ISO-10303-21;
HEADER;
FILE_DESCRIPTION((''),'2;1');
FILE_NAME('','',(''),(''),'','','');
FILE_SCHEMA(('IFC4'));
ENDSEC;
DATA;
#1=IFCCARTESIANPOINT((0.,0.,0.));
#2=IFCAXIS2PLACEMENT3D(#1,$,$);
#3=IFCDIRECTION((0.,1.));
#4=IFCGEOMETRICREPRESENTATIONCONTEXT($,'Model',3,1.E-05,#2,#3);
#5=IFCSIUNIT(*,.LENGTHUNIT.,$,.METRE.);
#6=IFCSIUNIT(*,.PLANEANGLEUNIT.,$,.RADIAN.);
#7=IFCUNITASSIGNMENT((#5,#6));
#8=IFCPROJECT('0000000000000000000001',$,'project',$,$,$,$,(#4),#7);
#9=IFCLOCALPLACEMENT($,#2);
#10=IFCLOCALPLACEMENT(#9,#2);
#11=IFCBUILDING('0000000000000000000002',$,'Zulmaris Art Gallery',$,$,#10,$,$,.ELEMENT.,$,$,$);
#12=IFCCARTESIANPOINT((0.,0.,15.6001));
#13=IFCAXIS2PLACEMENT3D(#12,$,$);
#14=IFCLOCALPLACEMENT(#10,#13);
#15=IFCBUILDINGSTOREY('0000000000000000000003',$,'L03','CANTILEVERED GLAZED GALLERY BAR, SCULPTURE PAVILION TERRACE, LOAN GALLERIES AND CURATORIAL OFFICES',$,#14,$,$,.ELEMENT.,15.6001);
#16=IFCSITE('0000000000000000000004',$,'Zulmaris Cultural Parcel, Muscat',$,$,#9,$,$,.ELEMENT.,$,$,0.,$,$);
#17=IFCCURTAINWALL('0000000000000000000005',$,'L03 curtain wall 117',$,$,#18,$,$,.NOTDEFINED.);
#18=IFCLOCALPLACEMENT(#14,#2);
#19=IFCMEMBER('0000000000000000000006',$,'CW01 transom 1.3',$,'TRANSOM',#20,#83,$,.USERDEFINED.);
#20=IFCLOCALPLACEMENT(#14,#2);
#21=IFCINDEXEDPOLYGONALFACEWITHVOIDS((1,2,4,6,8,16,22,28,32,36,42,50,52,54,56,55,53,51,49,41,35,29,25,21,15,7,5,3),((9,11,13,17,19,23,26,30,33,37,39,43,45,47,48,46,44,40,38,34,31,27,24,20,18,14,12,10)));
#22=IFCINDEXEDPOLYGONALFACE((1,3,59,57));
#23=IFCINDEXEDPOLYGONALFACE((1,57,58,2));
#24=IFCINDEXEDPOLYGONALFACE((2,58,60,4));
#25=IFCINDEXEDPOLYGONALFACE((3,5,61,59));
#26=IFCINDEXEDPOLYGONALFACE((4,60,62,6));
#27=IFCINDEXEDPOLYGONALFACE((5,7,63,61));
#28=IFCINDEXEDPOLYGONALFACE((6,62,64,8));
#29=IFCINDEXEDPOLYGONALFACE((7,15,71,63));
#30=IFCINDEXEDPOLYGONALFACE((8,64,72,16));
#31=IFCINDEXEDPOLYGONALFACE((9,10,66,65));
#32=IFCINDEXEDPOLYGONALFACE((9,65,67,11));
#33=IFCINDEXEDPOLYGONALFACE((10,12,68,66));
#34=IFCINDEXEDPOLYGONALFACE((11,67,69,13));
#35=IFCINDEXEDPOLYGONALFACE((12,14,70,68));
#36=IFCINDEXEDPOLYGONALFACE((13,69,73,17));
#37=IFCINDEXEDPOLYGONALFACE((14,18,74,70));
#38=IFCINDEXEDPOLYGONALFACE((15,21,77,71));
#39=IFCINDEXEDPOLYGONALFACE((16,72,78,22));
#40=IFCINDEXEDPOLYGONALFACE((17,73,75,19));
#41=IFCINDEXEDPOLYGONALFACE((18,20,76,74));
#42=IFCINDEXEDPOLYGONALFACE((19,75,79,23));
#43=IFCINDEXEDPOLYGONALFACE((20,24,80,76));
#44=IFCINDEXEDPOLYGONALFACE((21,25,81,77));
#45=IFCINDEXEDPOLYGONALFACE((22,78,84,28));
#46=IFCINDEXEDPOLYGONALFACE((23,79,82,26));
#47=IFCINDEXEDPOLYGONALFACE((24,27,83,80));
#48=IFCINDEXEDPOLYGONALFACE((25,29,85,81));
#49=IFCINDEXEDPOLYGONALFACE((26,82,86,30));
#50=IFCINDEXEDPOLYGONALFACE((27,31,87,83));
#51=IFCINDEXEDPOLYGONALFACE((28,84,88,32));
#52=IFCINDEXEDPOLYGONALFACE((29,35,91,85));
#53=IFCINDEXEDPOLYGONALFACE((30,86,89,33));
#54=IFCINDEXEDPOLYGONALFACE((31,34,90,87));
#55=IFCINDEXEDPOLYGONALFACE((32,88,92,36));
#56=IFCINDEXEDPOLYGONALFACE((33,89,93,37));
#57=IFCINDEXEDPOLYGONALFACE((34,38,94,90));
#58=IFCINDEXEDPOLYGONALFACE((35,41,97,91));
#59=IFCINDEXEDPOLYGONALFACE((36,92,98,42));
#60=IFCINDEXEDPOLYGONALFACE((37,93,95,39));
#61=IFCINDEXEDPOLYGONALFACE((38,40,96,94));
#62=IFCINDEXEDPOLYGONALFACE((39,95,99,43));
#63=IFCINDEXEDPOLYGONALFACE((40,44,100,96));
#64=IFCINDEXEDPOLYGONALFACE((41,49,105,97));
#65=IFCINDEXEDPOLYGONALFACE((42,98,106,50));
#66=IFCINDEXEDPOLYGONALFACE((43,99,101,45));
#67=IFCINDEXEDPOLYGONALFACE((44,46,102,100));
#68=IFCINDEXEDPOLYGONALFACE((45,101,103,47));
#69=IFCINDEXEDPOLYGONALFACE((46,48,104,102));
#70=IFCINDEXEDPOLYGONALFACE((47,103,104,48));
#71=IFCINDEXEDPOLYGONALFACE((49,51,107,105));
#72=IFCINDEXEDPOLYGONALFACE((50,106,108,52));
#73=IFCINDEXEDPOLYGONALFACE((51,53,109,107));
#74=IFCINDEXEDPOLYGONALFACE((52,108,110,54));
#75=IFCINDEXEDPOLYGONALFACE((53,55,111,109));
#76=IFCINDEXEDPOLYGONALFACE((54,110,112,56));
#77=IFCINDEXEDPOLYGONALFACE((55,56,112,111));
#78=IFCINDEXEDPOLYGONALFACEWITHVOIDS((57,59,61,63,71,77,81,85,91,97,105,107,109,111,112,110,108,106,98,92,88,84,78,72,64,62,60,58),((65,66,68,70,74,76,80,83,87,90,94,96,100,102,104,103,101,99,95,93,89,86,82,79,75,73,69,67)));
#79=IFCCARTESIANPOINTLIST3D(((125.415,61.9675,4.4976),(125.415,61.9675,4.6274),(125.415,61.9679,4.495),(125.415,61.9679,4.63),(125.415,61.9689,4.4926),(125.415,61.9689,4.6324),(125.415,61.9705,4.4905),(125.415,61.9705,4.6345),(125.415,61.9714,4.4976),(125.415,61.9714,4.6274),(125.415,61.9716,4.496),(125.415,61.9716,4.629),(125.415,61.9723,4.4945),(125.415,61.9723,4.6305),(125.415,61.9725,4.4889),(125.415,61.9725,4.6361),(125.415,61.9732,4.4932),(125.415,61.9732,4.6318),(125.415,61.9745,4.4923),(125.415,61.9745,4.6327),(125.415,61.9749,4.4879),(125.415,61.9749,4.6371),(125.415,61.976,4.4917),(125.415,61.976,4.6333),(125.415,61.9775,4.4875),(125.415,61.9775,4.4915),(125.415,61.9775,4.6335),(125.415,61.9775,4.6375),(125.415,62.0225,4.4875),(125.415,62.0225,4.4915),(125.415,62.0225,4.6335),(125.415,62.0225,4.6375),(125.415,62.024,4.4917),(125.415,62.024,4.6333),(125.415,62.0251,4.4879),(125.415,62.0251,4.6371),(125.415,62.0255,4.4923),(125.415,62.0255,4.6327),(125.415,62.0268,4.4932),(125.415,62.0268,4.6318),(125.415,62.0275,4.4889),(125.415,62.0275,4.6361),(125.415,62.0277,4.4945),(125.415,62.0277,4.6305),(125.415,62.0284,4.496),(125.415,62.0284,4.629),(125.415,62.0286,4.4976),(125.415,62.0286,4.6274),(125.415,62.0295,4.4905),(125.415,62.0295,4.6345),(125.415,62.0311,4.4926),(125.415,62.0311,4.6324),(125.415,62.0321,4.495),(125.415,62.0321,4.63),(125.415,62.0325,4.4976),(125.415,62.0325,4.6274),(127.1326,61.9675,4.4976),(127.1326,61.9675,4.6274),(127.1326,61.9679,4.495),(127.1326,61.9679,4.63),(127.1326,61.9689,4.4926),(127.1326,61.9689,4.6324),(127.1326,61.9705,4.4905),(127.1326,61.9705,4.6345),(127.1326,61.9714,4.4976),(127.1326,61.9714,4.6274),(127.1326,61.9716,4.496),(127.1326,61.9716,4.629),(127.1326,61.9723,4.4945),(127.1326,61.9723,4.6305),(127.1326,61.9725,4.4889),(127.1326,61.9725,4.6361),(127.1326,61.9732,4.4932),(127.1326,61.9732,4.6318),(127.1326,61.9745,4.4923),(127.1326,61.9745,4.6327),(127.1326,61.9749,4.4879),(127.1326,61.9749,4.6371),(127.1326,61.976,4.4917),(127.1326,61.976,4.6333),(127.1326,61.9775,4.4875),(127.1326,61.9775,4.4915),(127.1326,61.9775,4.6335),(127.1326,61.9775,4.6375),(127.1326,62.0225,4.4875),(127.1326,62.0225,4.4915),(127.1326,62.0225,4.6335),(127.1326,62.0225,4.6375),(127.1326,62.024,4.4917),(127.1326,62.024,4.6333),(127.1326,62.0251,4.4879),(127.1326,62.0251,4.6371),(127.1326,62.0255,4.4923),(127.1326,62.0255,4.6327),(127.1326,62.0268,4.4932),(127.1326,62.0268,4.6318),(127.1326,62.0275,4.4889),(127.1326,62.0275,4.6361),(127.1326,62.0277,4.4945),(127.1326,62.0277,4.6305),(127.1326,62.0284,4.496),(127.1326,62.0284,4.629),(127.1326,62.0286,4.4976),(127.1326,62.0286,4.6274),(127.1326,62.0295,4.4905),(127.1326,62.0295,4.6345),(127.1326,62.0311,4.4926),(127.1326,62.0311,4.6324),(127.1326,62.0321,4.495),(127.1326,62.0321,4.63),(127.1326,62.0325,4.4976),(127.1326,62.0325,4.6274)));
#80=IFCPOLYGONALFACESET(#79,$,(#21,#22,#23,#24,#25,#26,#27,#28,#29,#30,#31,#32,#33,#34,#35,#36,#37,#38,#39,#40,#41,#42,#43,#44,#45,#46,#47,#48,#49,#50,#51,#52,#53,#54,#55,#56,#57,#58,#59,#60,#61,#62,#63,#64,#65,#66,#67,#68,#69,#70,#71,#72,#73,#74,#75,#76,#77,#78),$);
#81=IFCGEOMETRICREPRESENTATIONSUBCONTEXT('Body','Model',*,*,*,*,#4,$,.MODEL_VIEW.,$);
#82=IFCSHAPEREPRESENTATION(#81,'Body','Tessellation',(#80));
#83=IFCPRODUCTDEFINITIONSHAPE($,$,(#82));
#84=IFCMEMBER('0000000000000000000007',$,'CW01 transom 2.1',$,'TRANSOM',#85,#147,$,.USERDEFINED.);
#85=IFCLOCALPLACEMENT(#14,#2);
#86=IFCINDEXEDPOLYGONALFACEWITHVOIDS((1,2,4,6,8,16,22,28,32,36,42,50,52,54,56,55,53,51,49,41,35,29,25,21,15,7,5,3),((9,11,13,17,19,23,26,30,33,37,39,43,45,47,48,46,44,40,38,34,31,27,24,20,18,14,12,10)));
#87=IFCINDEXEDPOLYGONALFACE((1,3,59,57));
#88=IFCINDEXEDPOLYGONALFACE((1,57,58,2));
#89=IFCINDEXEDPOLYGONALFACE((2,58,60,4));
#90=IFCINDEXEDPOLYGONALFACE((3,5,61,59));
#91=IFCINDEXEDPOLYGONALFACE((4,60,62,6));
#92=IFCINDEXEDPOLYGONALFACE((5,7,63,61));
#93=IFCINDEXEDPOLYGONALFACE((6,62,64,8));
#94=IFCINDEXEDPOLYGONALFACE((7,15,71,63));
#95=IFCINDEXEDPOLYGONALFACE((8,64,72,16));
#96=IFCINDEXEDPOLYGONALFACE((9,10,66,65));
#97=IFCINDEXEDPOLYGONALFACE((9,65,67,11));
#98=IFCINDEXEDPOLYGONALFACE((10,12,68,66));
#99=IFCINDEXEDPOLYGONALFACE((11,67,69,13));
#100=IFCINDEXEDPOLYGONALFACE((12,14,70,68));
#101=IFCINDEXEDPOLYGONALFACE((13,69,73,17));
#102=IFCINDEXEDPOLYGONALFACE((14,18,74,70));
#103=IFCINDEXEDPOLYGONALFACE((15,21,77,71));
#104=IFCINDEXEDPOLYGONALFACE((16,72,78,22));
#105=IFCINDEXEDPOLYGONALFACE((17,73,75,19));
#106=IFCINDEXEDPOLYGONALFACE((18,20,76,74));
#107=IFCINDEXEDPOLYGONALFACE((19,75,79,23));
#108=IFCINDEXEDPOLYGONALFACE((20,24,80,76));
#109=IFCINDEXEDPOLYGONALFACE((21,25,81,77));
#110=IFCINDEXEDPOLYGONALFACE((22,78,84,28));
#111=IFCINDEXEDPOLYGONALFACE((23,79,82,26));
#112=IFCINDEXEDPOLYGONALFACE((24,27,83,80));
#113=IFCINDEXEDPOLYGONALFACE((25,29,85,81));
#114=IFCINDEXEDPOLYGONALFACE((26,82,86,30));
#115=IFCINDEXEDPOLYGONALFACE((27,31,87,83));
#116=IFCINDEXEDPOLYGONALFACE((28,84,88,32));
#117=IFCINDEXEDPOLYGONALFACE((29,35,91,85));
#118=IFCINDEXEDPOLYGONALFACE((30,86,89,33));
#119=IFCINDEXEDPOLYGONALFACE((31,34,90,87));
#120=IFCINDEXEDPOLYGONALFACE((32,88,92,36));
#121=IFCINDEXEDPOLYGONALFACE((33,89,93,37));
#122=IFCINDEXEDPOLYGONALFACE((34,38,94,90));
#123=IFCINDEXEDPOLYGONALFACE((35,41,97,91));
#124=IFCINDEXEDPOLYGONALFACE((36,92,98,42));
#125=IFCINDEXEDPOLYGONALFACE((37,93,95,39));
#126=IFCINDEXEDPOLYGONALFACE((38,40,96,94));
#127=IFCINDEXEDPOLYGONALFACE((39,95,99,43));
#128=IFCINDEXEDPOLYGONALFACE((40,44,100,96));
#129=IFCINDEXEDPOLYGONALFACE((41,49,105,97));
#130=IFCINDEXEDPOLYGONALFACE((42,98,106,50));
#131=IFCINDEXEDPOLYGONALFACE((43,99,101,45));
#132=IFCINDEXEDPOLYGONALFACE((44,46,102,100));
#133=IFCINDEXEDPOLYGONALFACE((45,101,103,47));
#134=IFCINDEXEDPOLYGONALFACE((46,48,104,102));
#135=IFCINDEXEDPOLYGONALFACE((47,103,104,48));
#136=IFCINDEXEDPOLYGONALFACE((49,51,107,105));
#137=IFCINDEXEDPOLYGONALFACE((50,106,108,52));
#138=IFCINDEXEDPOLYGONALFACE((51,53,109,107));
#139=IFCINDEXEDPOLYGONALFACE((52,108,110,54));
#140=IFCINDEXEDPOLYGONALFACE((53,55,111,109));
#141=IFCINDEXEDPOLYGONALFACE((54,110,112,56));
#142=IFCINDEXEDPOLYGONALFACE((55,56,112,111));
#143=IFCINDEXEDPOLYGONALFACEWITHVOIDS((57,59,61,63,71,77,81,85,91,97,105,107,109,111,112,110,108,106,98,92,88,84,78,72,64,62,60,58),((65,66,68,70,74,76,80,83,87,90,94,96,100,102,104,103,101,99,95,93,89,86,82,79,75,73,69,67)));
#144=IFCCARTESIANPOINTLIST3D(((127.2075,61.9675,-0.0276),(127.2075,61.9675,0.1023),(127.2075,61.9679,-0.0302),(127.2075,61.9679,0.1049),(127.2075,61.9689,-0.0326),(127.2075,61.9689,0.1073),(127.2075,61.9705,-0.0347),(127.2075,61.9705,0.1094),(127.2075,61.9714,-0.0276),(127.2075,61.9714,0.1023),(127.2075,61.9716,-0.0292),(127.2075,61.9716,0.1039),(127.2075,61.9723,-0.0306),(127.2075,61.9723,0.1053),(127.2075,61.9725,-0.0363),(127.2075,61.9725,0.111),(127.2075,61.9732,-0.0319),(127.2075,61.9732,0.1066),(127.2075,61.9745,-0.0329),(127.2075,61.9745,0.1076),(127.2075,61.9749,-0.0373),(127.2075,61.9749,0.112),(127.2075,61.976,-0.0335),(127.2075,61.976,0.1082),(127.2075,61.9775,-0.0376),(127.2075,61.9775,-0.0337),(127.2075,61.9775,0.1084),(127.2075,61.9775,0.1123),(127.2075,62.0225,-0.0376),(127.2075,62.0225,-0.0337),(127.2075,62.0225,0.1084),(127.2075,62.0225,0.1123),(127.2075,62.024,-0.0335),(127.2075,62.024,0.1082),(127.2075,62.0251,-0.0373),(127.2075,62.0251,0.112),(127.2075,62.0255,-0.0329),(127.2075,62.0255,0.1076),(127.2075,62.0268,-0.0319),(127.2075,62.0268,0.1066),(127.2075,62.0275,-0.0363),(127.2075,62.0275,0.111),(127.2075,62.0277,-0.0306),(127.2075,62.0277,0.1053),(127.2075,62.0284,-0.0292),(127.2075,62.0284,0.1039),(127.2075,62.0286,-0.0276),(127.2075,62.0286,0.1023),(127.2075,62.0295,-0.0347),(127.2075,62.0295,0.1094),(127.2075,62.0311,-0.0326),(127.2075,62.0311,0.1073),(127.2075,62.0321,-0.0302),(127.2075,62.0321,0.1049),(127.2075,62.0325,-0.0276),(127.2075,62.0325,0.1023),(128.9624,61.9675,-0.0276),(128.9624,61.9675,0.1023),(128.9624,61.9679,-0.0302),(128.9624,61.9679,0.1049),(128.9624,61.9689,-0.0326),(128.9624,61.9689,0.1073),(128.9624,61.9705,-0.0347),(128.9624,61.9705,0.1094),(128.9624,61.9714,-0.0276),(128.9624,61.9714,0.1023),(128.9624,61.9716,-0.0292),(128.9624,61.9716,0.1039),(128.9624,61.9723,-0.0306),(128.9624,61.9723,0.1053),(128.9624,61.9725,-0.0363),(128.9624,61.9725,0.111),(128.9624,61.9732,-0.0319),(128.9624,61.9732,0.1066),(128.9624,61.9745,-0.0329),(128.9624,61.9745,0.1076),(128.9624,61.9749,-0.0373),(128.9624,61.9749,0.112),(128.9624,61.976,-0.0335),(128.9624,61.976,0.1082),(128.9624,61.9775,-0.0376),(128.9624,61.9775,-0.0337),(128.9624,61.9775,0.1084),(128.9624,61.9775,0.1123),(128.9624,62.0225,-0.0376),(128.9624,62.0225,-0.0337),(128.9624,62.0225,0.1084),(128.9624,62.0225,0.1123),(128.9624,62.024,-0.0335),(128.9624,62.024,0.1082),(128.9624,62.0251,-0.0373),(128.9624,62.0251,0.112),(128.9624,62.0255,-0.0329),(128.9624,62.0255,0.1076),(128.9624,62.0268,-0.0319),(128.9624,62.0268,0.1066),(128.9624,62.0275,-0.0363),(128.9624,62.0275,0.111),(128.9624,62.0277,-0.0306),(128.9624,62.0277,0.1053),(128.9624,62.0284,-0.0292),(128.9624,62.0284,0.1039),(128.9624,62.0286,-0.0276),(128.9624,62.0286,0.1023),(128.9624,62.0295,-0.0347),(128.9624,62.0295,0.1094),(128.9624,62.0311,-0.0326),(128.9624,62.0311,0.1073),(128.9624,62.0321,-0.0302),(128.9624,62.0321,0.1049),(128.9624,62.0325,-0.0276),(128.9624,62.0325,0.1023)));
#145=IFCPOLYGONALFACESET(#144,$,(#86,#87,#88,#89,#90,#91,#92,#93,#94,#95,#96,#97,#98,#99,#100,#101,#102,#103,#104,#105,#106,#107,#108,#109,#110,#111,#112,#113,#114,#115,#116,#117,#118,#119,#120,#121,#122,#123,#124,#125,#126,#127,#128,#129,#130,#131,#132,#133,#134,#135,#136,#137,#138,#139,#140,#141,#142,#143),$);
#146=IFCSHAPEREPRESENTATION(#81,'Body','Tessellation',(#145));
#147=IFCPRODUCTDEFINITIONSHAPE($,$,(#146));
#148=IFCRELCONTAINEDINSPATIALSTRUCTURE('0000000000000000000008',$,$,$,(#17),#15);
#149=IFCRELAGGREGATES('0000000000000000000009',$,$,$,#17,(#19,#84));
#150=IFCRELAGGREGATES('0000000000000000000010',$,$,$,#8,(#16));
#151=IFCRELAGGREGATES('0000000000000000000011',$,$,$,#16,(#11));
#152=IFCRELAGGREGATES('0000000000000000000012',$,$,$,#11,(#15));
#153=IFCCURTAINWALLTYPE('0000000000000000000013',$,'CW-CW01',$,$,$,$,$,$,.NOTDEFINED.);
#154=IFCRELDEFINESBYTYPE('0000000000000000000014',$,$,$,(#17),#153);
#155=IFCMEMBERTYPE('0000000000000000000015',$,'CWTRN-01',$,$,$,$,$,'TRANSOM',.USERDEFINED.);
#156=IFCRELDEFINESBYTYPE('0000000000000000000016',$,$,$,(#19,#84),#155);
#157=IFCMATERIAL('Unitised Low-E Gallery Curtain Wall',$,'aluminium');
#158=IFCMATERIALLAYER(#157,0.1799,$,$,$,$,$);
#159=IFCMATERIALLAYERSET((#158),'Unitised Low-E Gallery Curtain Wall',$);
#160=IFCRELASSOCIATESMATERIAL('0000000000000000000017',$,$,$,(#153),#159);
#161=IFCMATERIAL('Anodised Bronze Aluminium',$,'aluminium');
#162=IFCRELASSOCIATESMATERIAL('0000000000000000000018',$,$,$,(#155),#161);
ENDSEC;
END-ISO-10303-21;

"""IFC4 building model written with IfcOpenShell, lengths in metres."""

from ifc_helpers import new_model, si_unit, direction, frame, origin, origin_2d, place, context, subcontext, project, spatial, hollow_rectangle, extrude, material, layer, layer_set, material_profile, profile_set, type_object, element, aggregate, save


model = new_model("IFC4")

# Units and contexts
model_context = context("Model", 3, precision=1e-05, world=origin(), true_north=direction((0.0, 1.0)))
body_context = subcontext(model_context, "Body", "Model", "MODEL_VIEW")
ifc_project = project(units=[si_unit("LENGTHUNIT", "METRE"), si_unit("PLANEANGLEUNIT", "RADIAN")], contexts=[model_context])

# Site, building, storey
site_placement = place(None, origin())
site = spatial("IfcSite", under=ifc_project, at=site_placement, Name="Zulmaris Cultural Parcel, Muscat", CompositionType="ELEMENT", RefElevation=0.0)
building_placement = place(site_placement, origin())
building = spatial("IfcBuilding", under=site, at=building_placement, Name="Zulmaris Art Gallery", CompositionType="ELEMENT")
storey_placement = place(building_placement, frame((0.0, 0.0, 15.6001)))
storey = spatial("IfcBuildingStorey", under=building, at=storey_placement, Name="L03", Description="CANTILEVERED GLAZED GALLERY BAR, SCULPTURE PAVILION TERRACE, LOAN GALLERIES AND CURATORIAL OFFICES", CompositionType="ELEMENT", Elevation=15.6001)

# Curtain wall
ifc_material_1 = material(Name="Unitised Low-E Gallery Curtain Wall", Category="aluminium")
ifc_layer_1 = layer(ifc_material_1, 0.1799)
ifc_layer_set_1 = layer_set([ifc_layer_1], Name="Unitised Low-E Gallery Curtain Wall")
curtain_wall_type = type_object("IfcCurtainWallType", Name="CW-CW01", PredefinedType="NOTDEFINED", material=ifc_layer_set_1)
ifc_material_2 = material(Name="Anodised Bronze Aluminium", Category="aluminium")
curtain_wall_1_placement = place(storey_placement, origin())
curtain_wall_1 = element("IfcCurtainWall", 1, at=curtain_wall_1_placement, inside=storey, type_object=curtain_wall_type, Name="L03 curtain wall 117", PredefinedType="NOTDEFINED")

# Members
ifc_material_profile_1 = material_profile(ifc_material_2, hollow_rectangle(XDim=0.0649, YDim=0.1499, WallThickness=0.0039, InnerFilletRadius=0.0061, OuterFilletRadius=0.01, at=origin_2d()), Name="ALU 65x150x4")
ifc_profile_set_1 = profile_set([ifc_material_profile_1], Name="Anodised Bronze Aluminium")
member_type_1 = type_object("IfcMemberType", Name="CWTRN-01", ElementType="TRANSOM", PredefinedType="USERDEFINED", material=ifc_profile_set_1)
member_1_placement = place(storey_placement, frame((125.415, 62.0, 4.5625), z_axis=(1.0, 0.0, 0.0), x_axis=(0.0, 1.0, 0.0)))
member_1 = element("IfcMember", 2, at=member_1_placement, type_object=member_type_1, Name="CW01 transom 1.3", ObjectType="TRANSOM", PredefinedType="USERDEFINED", context=body_context, shape_type="SweptSolid", body=[
    extrude(hollow_rectangle(XDim=0.0649, YDim=0.1499, WallThickness=0.0039, InnerFilletRadius=0.0061, OuterFilletRadius=0.01, at=origin_2d()), origin(), (0.0, 0.0, 1.0), 1.7175),
])
member_2_placement = place(storey_placement, frame((127.2075, 62.0, 0.0374), z_axis=(1.0, 0.0, 0.0), x_axis=(0.0, 1.0, 0.0)))
member_2 = element("IfcMember", 3, at=member_2_placement, type_object=member_type_1, Name="CW01 transom 2.1", ObjectType="TRANSOM", PredefinedType="USERDEFINED", context=body_context, shape_type="SweptSolid", body=[
    extrude(hollow_rectangle(XDim=0.0649, YDim=0.1499, WallThickness=0.0039, InnerFilletRadius=0.0061, OuterFilletRadius=0.01, at=origin_2d()), origin(), (0.0, 0.0, 1.0), 1.7549),
])

aggregate(curtain_wall_1, [member_1, member_2])

save(model, "model.ifc")
